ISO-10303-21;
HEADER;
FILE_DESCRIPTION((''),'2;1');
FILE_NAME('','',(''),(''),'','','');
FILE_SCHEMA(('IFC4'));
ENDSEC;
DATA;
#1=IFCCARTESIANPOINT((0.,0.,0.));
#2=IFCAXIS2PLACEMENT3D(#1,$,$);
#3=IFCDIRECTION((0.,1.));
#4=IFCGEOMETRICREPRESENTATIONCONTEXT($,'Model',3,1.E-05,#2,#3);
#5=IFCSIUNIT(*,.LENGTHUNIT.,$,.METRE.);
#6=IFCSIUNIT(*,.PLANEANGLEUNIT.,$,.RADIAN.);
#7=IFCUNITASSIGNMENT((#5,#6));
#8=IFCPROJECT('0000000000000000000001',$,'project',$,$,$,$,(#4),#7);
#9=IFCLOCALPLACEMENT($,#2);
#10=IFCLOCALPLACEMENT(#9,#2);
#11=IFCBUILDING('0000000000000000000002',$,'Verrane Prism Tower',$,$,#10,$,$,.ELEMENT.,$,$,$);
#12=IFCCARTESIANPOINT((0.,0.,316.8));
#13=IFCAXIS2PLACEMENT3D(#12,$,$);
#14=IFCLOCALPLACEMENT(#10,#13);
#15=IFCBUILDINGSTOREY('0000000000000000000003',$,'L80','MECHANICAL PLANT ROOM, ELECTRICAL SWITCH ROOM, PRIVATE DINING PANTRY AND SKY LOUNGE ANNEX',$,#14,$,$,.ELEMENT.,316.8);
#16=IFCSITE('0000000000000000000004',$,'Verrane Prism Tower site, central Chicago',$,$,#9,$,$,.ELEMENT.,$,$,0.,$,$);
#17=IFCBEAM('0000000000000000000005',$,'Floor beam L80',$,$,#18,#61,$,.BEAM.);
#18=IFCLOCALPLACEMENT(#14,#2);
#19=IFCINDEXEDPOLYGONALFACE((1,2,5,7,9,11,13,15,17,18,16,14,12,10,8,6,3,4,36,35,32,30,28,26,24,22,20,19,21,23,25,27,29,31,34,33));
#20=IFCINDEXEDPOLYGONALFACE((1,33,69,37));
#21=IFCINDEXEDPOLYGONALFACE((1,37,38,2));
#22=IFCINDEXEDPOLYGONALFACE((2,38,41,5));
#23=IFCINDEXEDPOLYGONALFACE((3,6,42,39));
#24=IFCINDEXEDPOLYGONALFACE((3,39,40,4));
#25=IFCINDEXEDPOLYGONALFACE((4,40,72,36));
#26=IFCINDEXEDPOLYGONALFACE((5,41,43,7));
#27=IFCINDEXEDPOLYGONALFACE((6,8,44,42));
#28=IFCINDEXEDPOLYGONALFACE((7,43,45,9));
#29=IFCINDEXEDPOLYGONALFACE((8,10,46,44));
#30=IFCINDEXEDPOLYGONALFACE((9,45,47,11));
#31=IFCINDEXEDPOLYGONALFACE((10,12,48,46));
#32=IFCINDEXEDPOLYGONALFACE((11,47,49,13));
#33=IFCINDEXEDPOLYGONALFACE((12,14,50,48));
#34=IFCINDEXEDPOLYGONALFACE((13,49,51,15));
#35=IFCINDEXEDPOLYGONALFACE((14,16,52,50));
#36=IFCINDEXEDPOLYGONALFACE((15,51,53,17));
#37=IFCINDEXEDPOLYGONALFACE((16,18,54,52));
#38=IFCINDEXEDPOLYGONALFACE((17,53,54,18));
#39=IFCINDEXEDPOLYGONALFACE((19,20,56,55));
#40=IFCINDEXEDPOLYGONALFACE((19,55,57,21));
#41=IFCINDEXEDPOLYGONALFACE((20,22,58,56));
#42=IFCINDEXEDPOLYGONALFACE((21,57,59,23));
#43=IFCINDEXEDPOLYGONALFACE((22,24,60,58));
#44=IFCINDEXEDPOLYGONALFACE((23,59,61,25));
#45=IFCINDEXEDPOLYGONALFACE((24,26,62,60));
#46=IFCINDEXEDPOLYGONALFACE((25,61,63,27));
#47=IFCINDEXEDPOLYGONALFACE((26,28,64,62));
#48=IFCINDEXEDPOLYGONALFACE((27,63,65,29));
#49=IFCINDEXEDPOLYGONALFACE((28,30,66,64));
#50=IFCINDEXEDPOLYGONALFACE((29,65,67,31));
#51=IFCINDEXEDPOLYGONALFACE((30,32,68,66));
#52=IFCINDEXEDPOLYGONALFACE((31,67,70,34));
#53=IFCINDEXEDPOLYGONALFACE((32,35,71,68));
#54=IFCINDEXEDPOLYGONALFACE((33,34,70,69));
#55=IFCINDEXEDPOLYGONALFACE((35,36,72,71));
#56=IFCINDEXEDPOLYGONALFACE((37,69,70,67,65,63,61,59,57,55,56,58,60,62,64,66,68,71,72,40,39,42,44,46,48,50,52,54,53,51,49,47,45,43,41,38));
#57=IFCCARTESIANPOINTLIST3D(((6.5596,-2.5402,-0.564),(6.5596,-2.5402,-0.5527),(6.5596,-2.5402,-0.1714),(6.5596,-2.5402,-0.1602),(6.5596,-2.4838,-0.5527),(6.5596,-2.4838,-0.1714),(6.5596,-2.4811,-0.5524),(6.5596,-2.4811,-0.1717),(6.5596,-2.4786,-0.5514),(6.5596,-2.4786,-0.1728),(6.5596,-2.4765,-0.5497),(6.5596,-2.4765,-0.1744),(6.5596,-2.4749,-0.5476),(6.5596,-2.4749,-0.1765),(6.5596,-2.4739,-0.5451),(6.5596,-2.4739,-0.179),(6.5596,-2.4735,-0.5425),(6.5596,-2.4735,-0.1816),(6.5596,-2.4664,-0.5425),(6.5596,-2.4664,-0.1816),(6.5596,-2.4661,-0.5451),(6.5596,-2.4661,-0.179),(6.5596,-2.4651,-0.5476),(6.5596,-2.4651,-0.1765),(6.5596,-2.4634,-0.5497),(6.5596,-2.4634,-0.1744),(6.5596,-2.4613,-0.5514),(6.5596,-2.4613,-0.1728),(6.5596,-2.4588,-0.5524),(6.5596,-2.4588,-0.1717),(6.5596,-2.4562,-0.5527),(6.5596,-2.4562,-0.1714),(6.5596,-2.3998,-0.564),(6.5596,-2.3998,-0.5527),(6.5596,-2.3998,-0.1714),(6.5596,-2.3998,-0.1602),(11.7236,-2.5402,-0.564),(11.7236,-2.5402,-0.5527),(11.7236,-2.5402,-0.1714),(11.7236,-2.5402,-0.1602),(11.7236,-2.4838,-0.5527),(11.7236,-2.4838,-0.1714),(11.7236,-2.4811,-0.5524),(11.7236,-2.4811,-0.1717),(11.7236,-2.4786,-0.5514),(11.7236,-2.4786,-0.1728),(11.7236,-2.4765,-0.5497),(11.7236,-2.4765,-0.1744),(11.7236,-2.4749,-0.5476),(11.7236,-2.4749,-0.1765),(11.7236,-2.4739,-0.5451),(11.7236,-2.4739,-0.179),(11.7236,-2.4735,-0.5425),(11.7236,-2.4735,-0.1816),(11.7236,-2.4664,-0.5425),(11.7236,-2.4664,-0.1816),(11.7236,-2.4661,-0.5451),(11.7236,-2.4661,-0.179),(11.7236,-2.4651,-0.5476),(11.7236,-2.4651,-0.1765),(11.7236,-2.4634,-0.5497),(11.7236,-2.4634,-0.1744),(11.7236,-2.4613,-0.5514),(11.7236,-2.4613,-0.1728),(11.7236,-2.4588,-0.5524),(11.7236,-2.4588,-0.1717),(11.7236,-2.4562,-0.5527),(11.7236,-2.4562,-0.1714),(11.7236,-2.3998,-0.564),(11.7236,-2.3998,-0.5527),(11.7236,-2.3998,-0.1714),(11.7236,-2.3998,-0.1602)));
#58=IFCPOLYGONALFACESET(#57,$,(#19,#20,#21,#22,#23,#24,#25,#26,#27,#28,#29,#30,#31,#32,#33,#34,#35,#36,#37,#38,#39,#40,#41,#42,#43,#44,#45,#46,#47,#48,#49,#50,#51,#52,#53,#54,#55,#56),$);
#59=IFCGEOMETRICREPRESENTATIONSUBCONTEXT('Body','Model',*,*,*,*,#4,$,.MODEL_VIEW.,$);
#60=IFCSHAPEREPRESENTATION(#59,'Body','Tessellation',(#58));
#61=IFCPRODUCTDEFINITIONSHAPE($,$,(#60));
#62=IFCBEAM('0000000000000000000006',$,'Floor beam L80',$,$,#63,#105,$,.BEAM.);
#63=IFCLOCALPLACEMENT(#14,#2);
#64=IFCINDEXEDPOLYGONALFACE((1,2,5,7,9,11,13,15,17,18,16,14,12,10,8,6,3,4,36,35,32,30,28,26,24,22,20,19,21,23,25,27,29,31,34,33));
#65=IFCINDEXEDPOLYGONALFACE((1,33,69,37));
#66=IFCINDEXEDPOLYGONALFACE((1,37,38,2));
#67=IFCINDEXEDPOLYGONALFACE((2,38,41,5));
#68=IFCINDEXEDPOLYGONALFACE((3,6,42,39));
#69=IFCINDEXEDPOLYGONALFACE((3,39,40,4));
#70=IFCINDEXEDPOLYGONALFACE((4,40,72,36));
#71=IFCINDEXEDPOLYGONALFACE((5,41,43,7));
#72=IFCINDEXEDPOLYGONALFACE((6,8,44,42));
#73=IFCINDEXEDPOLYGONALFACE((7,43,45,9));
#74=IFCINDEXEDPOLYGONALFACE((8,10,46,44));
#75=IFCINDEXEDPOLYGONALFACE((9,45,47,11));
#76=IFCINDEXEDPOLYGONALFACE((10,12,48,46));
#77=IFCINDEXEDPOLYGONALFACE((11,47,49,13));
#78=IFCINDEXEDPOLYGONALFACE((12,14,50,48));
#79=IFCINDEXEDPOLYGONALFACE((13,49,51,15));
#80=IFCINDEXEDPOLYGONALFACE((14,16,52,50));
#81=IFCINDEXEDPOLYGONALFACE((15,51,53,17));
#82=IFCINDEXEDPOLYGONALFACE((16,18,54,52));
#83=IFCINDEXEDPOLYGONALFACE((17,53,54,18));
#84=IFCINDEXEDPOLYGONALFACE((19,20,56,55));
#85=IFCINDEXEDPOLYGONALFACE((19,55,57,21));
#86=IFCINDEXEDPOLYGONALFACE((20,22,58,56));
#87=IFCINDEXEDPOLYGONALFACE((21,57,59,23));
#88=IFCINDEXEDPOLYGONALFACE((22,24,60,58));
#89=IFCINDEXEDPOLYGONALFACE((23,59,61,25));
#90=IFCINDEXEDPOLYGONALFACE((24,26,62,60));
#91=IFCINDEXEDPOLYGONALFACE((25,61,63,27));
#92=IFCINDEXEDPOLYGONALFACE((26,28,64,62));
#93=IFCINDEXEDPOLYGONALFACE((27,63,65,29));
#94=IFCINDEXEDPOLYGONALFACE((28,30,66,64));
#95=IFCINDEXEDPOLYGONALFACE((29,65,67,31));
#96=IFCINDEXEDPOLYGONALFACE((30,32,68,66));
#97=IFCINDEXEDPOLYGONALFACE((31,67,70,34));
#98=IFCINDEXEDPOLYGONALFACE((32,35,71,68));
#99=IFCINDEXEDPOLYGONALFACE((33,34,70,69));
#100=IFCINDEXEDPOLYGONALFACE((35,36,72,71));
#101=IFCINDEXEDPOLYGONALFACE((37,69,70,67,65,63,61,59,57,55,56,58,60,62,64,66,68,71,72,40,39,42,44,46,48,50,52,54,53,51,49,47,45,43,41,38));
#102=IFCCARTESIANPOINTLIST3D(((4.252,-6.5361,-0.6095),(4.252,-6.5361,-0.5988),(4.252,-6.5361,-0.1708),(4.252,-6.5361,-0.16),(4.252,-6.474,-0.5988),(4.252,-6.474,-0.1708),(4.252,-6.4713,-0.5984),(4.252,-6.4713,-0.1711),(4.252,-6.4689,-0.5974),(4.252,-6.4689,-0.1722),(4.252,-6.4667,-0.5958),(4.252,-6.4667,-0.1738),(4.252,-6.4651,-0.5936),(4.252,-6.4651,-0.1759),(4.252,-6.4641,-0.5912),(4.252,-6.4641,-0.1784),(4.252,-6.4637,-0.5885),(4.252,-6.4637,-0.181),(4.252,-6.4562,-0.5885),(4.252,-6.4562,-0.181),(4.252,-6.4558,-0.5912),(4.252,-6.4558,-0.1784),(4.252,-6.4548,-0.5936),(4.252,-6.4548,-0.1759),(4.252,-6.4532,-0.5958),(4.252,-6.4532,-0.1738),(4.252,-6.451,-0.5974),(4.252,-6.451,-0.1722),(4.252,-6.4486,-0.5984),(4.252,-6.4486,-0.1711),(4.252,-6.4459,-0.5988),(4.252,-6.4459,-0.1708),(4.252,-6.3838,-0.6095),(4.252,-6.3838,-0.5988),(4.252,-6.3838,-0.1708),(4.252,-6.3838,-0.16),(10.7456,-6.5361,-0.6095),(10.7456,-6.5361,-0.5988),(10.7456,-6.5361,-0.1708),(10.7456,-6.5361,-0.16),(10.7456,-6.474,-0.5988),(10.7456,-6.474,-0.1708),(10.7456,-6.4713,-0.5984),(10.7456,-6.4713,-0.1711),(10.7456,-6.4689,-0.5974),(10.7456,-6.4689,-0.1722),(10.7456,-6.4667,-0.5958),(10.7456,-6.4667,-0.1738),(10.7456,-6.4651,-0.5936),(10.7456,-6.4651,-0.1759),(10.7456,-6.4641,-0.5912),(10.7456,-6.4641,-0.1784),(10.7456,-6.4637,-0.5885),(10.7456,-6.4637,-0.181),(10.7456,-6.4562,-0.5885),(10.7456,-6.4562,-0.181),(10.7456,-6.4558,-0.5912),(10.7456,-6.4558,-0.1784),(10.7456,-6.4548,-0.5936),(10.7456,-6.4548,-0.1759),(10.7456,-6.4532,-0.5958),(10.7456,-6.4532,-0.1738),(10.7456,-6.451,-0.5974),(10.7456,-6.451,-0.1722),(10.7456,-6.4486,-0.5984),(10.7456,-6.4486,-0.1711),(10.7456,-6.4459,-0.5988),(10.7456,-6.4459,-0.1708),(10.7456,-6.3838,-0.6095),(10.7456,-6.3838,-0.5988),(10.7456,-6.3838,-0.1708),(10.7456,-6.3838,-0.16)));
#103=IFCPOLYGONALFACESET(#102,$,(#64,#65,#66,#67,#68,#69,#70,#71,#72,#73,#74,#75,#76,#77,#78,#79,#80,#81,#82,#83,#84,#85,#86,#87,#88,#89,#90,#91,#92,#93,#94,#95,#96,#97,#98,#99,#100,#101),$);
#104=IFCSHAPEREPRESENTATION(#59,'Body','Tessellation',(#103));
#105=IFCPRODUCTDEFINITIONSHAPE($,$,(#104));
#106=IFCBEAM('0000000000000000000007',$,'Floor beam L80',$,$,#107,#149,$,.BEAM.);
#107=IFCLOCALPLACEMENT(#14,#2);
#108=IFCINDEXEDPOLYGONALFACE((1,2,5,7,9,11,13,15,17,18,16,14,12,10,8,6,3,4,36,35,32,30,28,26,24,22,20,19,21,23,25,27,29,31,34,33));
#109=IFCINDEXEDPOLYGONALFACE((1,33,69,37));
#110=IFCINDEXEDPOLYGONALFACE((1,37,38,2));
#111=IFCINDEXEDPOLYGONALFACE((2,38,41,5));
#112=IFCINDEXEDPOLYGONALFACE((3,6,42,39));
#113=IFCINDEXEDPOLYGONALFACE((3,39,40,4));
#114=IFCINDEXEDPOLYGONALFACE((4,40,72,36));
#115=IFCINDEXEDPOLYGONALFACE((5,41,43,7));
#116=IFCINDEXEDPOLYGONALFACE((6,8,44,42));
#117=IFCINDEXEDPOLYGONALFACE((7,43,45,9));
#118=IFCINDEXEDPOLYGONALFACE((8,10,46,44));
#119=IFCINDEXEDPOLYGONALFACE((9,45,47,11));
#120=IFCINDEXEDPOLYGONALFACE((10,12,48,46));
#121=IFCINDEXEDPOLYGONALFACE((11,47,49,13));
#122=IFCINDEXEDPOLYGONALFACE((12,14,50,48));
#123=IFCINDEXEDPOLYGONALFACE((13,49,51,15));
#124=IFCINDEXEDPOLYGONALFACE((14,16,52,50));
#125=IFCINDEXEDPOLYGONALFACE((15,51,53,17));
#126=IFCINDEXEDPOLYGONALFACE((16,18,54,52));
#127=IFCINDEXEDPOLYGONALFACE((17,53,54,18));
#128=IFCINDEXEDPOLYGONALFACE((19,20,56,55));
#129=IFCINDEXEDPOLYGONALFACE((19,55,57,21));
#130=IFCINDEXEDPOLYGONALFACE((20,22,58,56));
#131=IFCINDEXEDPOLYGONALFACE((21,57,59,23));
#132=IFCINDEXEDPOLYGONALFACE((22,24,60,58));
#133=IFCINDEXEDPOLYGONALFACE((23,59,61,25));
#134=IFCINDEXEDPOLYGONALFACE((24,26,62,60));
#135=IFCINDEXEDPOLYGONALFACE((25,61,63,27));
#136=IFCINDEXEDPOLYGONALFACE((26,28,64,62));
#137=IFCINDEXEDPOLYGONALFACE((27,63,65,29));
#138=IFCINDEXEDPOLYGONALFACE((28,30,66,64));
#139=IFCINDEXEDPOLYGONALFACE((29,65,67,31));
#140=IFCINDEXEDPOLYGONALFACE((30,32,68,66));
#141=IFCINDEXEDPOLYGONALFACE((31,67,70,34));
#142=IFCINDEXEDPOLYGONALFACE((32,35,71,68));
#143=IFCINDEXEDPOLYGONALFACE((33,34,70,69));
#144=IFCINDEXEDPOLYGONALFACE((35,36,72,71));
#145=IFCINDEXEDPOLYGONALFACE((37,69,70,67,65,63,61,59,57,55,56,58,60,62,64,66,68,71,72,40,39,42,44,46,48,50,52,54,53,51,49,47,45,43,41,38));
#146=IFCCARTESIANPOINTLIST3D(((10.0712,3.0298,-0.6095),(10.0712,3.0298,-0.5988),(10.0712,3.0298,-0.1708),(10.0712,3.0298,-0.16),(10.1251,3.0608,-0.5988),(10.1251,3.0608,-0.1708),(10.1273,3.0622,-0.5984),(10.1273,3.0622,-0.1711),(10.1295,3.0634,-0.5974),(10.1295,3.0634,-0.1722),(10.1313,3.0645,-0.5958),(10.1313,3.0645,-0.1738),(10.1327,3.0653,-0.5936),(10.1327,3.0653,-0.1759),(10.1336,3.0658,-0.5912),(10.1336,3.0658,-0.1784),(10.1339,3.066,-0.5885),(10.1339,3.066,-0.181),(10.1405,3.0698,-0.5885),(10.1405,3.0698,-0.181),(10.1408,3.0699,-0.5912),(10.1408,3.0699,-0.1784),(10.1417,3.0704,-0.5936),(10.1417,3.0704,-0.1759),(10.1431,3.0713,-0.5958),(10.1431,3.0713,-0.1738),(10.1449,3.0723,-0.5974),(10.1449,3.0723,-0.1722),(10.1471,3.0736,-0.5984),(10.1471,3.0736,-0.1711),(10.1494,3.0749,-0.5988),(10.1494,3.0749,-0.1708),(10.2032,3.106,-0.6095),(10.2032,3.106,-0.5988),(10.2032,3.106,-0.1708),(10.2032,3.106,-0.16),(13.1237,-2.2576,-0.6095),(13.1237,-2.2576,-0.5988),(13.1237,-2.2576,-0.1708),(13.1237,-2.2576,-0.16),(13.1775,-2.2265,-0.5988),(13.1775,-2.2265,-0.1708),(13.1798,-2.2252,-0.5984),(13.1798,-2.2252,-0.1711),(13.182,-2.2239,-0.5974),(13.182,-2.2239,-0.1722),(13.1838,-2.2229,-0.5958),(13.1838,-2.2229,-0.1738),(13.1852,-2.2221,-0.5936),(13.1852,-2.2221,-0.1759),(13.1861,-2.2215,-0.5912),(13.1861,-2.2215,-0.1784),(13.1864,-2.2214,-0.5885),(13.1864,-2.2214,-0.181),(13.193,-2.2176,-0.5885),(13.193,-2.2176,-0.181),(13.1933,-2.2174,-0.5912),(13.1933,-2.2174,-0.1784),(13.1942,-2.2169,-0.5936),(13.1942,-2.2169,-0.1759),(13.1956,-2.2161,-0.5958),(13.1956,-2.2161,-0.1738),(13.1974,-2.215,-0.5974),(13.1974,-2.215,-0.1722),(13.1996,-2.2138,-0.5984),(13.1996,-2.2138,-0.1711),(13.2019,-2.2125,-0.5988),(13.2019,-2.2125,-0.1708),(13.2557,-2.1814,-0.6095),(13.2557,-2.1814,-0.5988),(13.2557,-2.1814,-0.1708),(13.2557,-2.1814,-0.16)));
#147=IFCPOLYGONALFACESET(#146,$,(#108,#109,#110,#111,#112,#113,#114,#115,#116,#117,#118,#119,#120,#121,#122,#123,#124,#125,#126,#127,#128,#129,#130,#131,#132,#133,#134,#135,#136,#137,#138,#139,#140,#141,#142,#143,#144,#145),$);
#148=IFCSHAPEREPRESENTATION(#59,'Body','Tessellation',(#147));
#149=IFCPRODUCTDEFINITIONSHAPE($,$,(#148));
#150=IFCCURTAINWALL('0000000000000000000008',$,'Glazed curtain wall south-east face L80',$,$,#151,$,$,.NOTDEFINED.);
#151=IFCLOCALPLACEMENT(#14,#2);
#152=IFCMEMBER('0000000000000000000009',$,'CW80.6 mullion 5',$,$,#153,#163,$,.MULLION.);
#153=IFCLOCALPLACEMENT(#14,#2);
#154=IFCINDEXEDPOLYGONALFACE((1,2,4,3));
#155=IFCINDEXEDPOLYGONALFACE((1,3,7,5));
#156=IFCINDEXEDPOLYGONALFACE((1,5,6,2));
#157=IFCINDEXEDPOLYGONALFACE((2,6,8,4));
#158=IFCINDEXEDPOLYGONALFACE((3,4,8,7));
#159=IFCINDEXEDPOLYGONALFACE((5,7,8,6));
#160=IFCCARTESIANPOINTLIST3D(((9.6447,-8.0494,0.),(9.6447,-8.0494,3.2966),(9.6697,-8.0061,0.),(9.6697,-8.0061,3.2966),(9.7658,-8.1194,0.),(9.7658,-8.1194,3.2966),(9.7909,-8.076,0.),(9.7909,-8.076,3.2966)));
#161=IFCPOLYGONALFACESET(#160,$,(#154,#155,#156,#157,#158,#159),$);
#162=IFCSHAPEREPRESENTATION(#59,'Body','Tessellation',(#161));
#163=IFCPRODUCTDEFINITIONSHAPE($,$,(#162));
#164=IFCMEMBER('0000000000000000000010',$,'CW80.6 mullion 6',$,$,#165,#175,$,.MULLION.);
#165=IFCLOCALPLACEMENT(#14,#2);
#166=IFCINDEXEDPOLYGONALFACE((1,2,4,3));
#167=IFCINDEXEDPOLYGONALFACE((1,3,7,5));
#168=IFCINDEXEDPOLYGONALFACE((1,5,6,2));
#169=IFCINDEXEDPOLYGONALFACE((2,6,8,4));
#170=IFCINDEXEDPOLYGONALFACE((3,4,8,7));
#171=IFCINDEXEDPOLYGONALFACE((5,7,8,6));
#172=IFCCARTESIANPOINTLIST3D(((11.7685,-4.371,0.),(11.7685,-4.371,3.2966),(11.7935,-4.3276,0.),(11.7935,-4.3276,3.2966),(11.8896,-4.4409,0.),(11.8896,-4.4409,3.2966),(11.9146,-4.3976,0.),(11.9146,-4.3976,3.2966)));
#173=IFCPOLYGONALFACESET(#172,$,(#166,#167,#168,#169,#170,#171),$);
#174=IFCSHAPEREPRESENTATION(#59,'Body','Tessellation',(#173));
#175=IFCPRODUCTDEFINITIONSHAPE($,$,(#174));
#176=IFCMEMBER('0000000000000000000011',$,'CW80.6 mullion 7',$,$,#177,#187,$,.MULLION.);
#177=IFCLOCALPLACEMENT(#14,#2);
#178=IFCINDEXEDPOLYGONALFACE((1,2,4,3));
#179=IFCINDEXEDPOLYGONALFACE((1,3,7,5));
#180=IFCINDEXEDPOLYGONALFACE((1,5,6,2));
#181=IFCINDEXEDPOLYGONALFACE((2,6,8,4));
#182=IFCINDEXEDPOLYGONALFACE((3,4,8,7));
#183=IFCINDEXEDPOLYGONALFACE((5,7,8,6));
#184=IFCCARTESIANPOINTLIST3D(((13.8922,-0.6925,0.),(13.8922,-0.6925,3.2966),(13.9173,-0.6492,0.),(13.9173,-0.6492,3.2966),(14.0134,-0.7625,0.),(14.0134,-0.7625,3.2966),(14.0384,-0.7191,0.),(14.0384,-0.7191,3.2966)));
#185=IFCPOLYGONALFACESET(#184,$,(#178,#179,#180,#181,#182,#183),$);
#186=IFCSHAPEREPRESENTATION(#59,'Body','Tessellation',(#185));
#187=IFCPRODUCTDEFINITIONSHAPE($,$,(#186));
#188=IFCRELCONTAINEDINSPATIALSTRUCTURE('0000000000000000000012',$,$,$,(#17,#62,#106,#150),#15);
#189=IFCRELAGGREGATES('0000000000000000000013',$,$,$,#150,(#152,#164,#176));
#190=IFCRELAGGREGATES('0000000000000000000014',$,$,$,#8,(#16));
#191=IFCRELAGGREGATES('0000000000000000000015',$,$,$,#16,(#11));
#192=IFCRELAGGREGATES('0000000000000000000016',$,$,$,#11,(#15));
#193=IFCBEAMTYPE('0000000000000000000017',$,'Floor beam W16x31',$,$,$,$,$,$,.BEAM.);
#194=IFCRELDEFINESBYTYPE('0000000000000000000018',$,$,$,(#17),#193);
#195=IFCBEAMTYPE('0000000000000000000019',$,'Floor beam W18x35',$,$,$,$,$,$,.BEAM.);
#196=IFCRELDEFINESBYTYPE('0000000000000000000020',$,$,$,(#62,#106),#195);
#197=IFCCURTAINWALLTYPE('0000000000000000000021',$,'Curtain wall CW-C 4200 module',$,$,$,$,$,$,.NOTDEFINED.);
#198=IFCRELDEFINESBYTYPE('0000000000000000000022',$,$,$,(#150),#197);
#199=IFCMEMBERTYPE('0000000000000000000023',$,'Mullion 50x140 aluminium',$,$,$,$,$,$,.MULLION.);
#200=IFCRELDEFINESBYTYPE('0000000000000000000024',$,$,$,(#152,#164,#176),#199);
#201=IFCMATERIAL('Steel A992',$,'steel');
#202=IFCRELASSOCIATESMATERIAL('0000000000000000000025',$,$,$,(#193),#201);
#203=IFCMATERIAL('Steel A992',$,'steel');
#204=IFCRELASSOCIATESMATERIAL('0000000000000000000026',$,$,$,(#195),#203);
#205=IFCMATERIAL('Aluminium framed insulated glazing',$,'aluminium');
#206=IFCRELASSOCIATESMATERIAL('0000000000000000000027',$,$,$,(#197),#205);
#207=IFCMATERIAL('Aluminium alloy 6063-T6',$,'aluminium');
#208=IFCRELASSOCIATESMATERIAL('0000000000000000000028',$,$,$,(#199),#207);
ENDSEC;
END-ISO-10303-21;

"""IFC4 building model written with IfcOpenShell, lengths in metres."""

from ifc_helpers import new_model, si_unit, direction, frame, origin, origin_2d, place, context, subcontext, project, spatial, rectangle, i_section, extrude, material, material_profile, profile_set, type_object, element, aggregate, save


model = new_model("IFC4")

# Units and contexts
model_context = context("Model", 3, precision=1e-05, world=origin(), true_north=direction((0.0, 1.0)))
body_context = subcontext(model_context, "Body", "Model", "MODEL_VIEW")
ifc_project = project(units=[si_unit("LENGTHUNIT", "METRE"), si_unit("PLANEANGLEUNIT", "RADIAN")], contexts=[model_context])

# Site, building, storey
site_placement = place(None, origin())
site = spatial("IfcSite", under=ifc_project, at=site_placement, Name="Verrane Prism Tower site, central Chicago", CompositionType="ELEMENT", RefElevation=0.0)
building_placement = place(site_placement, origin())
building = spatial("IfcBuilding", under=site, at=building_placement, Name="Verrane Prism Tower", CompositionType="ELEMENT")
storey_placement = place(building_placement, frame((0.0, 0.0, 316.8)))
storey = spatial("IfcBuildingStorey", under=building, at=storey_placement, Name="L80", Description="MECHANICAL PLANT ROOM, ELECTRICAL SWITCH ROOM, PRIVATE DINING PANTRY AND SKY LOUNGE ANNEX", CompositionType="ELEMENT", Elevation=316.8)

# Beams
ifc_material_1 = material(Name="Steel A992", Category="steel")
ifc_material_profile_1 = material_profile(ifc_material_1, i_section(OverallWidth=0.1404, OverallDepth=0.4038, WebThickness=0.0071, FlangeThickness=0.0112, FilletRadius=0.0103, at=origin_2d()), Name="W16x31")
ifc_profile_set_1 = profile_set([ifc_material_profile_1], Name="Steel A992")
beam_type_1 = type_object("IfcBeamType", Name="Floor beam W16x31", PredefinedType="BEAM", material=ifc_profile_set_1)
beam_1_placement = place(storey_placement, frame((6.5596, -2.47, -0.3621), z_axis=(1.0, 0.0, 0.0), x_axis=(0.0, 1.0, 0.0)))
element("IfcBeam", 1, at=beam_1_placement, inside=storey, type_object=beam_type_1, Name="Floor beam L80", PredefinedType="BEAM", context=body_context, shape_type="SweptSolid", body=[
    extrude(i_section(OverallWidth=0.1404, OverallDepth=0.4038, WebThickness=0.0071, FlangeThickness=0.0112, FilletRadius=0.0103, at=origin_2d()), origin(), (0.0, 0.0, 1.0), 5.1641),
])
ifc_material_2 = material(Name="Steel A992", Category="steel")
ifc_material_profile_2 = material_profile(ifc_material_2, i_section(OverallWidth=0.1523, OverallDepth=0.4495, WebThickness=0.0076, FlangeThickness=0.0107, FilletRadius=0.0103, at=origin_2d()), Name="W18x35")
ifc_profile_set_2 = profile_set([ifc_material_profile_2], Name="Steel A992")
beam_type_2 = type_object("IfcBeamType", Name="Floor beam W18x35", PredefinedType="BEAM", material=ifc_profile_set_2)
beam_2_placement = place(storey_placement, frame((4.252, -6.46, -0.3848), z_axis=(1.0, 0.0, 0.0), x_axis=(0.0, 1.0, 0.0)))
element("IfcBeam", 2, at=beam_2_placement, inside=storey, type_object=beam_type_2, Name="Floor beam L80", PredefinedType="BEAM", context=body_context, shape_type="SweptSolid", body=[
    extrude(i_section(OverallWidth=0.1523, OverallDepth=0.4495, WebThickness=0.0076, FlangeThickness=0.0107, FilletRadius=0.0103, at=origin_2d()), origin(), (0.0, 0.0, 1.0), 6.4937),
])
beam_3_placement = place(storey_placement, frame((13.1897, -2.2195, -0.3848), z_axis=(-0.49998, 0.866037, 0.0), x_axis=(-0.866037, -0.49998, 0.0)))
element("IfcBeam", 3, at=beam_3_placement, inside=storey, type_object=beam_type_2, Name="Floor beam L80", PredefinedType="BEAM", context=body_context, shape_type="SweptSolid", body=[
    extrude(i_section(OverallWidth=0.1523, OverallDepth=0.4495, WebThickness=0.0076, FlangeThickness=0.0107, FilletRadius=0.0103, at=origin_2d()), origin(), (0.0, 0.0, 1.0), 6.1052),
])

# Curtain wall, members
ifc_material_3 = material(Name="Aluminium framed insulated glazing", Category="aluminium")
curtain_wall_type = type_object("IfcCurtainWallType", Name="Curtain wall CW-C 4200 module", PredefinedType="NOTDEFINED", material=ifc_material_3)
curtain_wall_placement = place(storey_placement, origin())
curtain_wall = element("IfcCurtainWall", 4, at=curtain_wall_placement, inside=storey, type_object=curtain_wall_type, Name="Glazed curtain wall south-east face L80", PredefinedType="NOTDEFINED")
ifc_material_4 = material(Name="Aluminium alloy 6063-T6", Category="aluminium")
ifc_material_profile_3 = material_profile(ifc_material_4, rectangle(XDim=0.1399, YDim=0.05, at=origin_2d()), Name="Mullion 50x140 aluminium")
ifc_profile_set_3 = profile_set([ifc_material_profile_3], Name="Aluminium alloy 6063-T6")
member_type_1 = type_object("IfcMemberType", Name="Mullion 50x140 aluminium", PredefinedType="MULLION", material=ifc_profile_set_3)
member_1_placement = place(storey_placement, frame((9.7178, -8.0627, 0.0), z_axis=(0.0, 0.0, 1.0), x_axis=(-0.866025, 0.5, 0.0)))
member_1 = element("IfcMember", 5, at=member_1_placement, type_object=member_type_1, Name="CW80.6 mullion 5", PredefinedType="MULLION", context=body_context, shape_type="SweptSolid", body=[
    extrude(rectangle(XDim=0.1399, YDim=0.05, at=origin_2d()), origin(), (0.0, 0.0, 1.0), 3.2966),
])
member_2_placement = place(storey_placement, frame((11.8416, -4.3843, 0.0), z_axis=(0.0, 0.0, 1.0), x_axis=(-0.866025, 0.5, 0.0)))
member_2 = element("IfcMember", 6, at=member_2_placement, type_object=member_type_1, Name="CW80.6 mullion 6", PredefinedType="MULLION", context=body_context, shape_type="SweptSolid", body=[
    extrude(rectangle(XDim=0.1399, YDim=0.05, at=origin_2d()), origin(), (0.0, 0.0, 1.0), 3.2966),
])
member_3_placement = place(storey_placement, frame((13.9653, -0.7058, 0.0), z_axis=(0.0, 0.0, 1.0), x_axis=(-0.866025, 0.5, 0.0)))
member_3 = element("IfcMember", 7, at=member_3_placement, type_object=member_type_1, Name="CW80.6 mullion 7", PredefinedType="MULLION", context=body_context, shape_type="SweptSolid", body=[
    extrude(rectangle(XDim=0.1399, YDim=0.05, at=origin_2d()), origin(), (0.0, 0.0, 1.0), 3.2966),
])

aggregate(curtain_wall, [member_1, member_2, member_3])

save(model, "model.ifc")
